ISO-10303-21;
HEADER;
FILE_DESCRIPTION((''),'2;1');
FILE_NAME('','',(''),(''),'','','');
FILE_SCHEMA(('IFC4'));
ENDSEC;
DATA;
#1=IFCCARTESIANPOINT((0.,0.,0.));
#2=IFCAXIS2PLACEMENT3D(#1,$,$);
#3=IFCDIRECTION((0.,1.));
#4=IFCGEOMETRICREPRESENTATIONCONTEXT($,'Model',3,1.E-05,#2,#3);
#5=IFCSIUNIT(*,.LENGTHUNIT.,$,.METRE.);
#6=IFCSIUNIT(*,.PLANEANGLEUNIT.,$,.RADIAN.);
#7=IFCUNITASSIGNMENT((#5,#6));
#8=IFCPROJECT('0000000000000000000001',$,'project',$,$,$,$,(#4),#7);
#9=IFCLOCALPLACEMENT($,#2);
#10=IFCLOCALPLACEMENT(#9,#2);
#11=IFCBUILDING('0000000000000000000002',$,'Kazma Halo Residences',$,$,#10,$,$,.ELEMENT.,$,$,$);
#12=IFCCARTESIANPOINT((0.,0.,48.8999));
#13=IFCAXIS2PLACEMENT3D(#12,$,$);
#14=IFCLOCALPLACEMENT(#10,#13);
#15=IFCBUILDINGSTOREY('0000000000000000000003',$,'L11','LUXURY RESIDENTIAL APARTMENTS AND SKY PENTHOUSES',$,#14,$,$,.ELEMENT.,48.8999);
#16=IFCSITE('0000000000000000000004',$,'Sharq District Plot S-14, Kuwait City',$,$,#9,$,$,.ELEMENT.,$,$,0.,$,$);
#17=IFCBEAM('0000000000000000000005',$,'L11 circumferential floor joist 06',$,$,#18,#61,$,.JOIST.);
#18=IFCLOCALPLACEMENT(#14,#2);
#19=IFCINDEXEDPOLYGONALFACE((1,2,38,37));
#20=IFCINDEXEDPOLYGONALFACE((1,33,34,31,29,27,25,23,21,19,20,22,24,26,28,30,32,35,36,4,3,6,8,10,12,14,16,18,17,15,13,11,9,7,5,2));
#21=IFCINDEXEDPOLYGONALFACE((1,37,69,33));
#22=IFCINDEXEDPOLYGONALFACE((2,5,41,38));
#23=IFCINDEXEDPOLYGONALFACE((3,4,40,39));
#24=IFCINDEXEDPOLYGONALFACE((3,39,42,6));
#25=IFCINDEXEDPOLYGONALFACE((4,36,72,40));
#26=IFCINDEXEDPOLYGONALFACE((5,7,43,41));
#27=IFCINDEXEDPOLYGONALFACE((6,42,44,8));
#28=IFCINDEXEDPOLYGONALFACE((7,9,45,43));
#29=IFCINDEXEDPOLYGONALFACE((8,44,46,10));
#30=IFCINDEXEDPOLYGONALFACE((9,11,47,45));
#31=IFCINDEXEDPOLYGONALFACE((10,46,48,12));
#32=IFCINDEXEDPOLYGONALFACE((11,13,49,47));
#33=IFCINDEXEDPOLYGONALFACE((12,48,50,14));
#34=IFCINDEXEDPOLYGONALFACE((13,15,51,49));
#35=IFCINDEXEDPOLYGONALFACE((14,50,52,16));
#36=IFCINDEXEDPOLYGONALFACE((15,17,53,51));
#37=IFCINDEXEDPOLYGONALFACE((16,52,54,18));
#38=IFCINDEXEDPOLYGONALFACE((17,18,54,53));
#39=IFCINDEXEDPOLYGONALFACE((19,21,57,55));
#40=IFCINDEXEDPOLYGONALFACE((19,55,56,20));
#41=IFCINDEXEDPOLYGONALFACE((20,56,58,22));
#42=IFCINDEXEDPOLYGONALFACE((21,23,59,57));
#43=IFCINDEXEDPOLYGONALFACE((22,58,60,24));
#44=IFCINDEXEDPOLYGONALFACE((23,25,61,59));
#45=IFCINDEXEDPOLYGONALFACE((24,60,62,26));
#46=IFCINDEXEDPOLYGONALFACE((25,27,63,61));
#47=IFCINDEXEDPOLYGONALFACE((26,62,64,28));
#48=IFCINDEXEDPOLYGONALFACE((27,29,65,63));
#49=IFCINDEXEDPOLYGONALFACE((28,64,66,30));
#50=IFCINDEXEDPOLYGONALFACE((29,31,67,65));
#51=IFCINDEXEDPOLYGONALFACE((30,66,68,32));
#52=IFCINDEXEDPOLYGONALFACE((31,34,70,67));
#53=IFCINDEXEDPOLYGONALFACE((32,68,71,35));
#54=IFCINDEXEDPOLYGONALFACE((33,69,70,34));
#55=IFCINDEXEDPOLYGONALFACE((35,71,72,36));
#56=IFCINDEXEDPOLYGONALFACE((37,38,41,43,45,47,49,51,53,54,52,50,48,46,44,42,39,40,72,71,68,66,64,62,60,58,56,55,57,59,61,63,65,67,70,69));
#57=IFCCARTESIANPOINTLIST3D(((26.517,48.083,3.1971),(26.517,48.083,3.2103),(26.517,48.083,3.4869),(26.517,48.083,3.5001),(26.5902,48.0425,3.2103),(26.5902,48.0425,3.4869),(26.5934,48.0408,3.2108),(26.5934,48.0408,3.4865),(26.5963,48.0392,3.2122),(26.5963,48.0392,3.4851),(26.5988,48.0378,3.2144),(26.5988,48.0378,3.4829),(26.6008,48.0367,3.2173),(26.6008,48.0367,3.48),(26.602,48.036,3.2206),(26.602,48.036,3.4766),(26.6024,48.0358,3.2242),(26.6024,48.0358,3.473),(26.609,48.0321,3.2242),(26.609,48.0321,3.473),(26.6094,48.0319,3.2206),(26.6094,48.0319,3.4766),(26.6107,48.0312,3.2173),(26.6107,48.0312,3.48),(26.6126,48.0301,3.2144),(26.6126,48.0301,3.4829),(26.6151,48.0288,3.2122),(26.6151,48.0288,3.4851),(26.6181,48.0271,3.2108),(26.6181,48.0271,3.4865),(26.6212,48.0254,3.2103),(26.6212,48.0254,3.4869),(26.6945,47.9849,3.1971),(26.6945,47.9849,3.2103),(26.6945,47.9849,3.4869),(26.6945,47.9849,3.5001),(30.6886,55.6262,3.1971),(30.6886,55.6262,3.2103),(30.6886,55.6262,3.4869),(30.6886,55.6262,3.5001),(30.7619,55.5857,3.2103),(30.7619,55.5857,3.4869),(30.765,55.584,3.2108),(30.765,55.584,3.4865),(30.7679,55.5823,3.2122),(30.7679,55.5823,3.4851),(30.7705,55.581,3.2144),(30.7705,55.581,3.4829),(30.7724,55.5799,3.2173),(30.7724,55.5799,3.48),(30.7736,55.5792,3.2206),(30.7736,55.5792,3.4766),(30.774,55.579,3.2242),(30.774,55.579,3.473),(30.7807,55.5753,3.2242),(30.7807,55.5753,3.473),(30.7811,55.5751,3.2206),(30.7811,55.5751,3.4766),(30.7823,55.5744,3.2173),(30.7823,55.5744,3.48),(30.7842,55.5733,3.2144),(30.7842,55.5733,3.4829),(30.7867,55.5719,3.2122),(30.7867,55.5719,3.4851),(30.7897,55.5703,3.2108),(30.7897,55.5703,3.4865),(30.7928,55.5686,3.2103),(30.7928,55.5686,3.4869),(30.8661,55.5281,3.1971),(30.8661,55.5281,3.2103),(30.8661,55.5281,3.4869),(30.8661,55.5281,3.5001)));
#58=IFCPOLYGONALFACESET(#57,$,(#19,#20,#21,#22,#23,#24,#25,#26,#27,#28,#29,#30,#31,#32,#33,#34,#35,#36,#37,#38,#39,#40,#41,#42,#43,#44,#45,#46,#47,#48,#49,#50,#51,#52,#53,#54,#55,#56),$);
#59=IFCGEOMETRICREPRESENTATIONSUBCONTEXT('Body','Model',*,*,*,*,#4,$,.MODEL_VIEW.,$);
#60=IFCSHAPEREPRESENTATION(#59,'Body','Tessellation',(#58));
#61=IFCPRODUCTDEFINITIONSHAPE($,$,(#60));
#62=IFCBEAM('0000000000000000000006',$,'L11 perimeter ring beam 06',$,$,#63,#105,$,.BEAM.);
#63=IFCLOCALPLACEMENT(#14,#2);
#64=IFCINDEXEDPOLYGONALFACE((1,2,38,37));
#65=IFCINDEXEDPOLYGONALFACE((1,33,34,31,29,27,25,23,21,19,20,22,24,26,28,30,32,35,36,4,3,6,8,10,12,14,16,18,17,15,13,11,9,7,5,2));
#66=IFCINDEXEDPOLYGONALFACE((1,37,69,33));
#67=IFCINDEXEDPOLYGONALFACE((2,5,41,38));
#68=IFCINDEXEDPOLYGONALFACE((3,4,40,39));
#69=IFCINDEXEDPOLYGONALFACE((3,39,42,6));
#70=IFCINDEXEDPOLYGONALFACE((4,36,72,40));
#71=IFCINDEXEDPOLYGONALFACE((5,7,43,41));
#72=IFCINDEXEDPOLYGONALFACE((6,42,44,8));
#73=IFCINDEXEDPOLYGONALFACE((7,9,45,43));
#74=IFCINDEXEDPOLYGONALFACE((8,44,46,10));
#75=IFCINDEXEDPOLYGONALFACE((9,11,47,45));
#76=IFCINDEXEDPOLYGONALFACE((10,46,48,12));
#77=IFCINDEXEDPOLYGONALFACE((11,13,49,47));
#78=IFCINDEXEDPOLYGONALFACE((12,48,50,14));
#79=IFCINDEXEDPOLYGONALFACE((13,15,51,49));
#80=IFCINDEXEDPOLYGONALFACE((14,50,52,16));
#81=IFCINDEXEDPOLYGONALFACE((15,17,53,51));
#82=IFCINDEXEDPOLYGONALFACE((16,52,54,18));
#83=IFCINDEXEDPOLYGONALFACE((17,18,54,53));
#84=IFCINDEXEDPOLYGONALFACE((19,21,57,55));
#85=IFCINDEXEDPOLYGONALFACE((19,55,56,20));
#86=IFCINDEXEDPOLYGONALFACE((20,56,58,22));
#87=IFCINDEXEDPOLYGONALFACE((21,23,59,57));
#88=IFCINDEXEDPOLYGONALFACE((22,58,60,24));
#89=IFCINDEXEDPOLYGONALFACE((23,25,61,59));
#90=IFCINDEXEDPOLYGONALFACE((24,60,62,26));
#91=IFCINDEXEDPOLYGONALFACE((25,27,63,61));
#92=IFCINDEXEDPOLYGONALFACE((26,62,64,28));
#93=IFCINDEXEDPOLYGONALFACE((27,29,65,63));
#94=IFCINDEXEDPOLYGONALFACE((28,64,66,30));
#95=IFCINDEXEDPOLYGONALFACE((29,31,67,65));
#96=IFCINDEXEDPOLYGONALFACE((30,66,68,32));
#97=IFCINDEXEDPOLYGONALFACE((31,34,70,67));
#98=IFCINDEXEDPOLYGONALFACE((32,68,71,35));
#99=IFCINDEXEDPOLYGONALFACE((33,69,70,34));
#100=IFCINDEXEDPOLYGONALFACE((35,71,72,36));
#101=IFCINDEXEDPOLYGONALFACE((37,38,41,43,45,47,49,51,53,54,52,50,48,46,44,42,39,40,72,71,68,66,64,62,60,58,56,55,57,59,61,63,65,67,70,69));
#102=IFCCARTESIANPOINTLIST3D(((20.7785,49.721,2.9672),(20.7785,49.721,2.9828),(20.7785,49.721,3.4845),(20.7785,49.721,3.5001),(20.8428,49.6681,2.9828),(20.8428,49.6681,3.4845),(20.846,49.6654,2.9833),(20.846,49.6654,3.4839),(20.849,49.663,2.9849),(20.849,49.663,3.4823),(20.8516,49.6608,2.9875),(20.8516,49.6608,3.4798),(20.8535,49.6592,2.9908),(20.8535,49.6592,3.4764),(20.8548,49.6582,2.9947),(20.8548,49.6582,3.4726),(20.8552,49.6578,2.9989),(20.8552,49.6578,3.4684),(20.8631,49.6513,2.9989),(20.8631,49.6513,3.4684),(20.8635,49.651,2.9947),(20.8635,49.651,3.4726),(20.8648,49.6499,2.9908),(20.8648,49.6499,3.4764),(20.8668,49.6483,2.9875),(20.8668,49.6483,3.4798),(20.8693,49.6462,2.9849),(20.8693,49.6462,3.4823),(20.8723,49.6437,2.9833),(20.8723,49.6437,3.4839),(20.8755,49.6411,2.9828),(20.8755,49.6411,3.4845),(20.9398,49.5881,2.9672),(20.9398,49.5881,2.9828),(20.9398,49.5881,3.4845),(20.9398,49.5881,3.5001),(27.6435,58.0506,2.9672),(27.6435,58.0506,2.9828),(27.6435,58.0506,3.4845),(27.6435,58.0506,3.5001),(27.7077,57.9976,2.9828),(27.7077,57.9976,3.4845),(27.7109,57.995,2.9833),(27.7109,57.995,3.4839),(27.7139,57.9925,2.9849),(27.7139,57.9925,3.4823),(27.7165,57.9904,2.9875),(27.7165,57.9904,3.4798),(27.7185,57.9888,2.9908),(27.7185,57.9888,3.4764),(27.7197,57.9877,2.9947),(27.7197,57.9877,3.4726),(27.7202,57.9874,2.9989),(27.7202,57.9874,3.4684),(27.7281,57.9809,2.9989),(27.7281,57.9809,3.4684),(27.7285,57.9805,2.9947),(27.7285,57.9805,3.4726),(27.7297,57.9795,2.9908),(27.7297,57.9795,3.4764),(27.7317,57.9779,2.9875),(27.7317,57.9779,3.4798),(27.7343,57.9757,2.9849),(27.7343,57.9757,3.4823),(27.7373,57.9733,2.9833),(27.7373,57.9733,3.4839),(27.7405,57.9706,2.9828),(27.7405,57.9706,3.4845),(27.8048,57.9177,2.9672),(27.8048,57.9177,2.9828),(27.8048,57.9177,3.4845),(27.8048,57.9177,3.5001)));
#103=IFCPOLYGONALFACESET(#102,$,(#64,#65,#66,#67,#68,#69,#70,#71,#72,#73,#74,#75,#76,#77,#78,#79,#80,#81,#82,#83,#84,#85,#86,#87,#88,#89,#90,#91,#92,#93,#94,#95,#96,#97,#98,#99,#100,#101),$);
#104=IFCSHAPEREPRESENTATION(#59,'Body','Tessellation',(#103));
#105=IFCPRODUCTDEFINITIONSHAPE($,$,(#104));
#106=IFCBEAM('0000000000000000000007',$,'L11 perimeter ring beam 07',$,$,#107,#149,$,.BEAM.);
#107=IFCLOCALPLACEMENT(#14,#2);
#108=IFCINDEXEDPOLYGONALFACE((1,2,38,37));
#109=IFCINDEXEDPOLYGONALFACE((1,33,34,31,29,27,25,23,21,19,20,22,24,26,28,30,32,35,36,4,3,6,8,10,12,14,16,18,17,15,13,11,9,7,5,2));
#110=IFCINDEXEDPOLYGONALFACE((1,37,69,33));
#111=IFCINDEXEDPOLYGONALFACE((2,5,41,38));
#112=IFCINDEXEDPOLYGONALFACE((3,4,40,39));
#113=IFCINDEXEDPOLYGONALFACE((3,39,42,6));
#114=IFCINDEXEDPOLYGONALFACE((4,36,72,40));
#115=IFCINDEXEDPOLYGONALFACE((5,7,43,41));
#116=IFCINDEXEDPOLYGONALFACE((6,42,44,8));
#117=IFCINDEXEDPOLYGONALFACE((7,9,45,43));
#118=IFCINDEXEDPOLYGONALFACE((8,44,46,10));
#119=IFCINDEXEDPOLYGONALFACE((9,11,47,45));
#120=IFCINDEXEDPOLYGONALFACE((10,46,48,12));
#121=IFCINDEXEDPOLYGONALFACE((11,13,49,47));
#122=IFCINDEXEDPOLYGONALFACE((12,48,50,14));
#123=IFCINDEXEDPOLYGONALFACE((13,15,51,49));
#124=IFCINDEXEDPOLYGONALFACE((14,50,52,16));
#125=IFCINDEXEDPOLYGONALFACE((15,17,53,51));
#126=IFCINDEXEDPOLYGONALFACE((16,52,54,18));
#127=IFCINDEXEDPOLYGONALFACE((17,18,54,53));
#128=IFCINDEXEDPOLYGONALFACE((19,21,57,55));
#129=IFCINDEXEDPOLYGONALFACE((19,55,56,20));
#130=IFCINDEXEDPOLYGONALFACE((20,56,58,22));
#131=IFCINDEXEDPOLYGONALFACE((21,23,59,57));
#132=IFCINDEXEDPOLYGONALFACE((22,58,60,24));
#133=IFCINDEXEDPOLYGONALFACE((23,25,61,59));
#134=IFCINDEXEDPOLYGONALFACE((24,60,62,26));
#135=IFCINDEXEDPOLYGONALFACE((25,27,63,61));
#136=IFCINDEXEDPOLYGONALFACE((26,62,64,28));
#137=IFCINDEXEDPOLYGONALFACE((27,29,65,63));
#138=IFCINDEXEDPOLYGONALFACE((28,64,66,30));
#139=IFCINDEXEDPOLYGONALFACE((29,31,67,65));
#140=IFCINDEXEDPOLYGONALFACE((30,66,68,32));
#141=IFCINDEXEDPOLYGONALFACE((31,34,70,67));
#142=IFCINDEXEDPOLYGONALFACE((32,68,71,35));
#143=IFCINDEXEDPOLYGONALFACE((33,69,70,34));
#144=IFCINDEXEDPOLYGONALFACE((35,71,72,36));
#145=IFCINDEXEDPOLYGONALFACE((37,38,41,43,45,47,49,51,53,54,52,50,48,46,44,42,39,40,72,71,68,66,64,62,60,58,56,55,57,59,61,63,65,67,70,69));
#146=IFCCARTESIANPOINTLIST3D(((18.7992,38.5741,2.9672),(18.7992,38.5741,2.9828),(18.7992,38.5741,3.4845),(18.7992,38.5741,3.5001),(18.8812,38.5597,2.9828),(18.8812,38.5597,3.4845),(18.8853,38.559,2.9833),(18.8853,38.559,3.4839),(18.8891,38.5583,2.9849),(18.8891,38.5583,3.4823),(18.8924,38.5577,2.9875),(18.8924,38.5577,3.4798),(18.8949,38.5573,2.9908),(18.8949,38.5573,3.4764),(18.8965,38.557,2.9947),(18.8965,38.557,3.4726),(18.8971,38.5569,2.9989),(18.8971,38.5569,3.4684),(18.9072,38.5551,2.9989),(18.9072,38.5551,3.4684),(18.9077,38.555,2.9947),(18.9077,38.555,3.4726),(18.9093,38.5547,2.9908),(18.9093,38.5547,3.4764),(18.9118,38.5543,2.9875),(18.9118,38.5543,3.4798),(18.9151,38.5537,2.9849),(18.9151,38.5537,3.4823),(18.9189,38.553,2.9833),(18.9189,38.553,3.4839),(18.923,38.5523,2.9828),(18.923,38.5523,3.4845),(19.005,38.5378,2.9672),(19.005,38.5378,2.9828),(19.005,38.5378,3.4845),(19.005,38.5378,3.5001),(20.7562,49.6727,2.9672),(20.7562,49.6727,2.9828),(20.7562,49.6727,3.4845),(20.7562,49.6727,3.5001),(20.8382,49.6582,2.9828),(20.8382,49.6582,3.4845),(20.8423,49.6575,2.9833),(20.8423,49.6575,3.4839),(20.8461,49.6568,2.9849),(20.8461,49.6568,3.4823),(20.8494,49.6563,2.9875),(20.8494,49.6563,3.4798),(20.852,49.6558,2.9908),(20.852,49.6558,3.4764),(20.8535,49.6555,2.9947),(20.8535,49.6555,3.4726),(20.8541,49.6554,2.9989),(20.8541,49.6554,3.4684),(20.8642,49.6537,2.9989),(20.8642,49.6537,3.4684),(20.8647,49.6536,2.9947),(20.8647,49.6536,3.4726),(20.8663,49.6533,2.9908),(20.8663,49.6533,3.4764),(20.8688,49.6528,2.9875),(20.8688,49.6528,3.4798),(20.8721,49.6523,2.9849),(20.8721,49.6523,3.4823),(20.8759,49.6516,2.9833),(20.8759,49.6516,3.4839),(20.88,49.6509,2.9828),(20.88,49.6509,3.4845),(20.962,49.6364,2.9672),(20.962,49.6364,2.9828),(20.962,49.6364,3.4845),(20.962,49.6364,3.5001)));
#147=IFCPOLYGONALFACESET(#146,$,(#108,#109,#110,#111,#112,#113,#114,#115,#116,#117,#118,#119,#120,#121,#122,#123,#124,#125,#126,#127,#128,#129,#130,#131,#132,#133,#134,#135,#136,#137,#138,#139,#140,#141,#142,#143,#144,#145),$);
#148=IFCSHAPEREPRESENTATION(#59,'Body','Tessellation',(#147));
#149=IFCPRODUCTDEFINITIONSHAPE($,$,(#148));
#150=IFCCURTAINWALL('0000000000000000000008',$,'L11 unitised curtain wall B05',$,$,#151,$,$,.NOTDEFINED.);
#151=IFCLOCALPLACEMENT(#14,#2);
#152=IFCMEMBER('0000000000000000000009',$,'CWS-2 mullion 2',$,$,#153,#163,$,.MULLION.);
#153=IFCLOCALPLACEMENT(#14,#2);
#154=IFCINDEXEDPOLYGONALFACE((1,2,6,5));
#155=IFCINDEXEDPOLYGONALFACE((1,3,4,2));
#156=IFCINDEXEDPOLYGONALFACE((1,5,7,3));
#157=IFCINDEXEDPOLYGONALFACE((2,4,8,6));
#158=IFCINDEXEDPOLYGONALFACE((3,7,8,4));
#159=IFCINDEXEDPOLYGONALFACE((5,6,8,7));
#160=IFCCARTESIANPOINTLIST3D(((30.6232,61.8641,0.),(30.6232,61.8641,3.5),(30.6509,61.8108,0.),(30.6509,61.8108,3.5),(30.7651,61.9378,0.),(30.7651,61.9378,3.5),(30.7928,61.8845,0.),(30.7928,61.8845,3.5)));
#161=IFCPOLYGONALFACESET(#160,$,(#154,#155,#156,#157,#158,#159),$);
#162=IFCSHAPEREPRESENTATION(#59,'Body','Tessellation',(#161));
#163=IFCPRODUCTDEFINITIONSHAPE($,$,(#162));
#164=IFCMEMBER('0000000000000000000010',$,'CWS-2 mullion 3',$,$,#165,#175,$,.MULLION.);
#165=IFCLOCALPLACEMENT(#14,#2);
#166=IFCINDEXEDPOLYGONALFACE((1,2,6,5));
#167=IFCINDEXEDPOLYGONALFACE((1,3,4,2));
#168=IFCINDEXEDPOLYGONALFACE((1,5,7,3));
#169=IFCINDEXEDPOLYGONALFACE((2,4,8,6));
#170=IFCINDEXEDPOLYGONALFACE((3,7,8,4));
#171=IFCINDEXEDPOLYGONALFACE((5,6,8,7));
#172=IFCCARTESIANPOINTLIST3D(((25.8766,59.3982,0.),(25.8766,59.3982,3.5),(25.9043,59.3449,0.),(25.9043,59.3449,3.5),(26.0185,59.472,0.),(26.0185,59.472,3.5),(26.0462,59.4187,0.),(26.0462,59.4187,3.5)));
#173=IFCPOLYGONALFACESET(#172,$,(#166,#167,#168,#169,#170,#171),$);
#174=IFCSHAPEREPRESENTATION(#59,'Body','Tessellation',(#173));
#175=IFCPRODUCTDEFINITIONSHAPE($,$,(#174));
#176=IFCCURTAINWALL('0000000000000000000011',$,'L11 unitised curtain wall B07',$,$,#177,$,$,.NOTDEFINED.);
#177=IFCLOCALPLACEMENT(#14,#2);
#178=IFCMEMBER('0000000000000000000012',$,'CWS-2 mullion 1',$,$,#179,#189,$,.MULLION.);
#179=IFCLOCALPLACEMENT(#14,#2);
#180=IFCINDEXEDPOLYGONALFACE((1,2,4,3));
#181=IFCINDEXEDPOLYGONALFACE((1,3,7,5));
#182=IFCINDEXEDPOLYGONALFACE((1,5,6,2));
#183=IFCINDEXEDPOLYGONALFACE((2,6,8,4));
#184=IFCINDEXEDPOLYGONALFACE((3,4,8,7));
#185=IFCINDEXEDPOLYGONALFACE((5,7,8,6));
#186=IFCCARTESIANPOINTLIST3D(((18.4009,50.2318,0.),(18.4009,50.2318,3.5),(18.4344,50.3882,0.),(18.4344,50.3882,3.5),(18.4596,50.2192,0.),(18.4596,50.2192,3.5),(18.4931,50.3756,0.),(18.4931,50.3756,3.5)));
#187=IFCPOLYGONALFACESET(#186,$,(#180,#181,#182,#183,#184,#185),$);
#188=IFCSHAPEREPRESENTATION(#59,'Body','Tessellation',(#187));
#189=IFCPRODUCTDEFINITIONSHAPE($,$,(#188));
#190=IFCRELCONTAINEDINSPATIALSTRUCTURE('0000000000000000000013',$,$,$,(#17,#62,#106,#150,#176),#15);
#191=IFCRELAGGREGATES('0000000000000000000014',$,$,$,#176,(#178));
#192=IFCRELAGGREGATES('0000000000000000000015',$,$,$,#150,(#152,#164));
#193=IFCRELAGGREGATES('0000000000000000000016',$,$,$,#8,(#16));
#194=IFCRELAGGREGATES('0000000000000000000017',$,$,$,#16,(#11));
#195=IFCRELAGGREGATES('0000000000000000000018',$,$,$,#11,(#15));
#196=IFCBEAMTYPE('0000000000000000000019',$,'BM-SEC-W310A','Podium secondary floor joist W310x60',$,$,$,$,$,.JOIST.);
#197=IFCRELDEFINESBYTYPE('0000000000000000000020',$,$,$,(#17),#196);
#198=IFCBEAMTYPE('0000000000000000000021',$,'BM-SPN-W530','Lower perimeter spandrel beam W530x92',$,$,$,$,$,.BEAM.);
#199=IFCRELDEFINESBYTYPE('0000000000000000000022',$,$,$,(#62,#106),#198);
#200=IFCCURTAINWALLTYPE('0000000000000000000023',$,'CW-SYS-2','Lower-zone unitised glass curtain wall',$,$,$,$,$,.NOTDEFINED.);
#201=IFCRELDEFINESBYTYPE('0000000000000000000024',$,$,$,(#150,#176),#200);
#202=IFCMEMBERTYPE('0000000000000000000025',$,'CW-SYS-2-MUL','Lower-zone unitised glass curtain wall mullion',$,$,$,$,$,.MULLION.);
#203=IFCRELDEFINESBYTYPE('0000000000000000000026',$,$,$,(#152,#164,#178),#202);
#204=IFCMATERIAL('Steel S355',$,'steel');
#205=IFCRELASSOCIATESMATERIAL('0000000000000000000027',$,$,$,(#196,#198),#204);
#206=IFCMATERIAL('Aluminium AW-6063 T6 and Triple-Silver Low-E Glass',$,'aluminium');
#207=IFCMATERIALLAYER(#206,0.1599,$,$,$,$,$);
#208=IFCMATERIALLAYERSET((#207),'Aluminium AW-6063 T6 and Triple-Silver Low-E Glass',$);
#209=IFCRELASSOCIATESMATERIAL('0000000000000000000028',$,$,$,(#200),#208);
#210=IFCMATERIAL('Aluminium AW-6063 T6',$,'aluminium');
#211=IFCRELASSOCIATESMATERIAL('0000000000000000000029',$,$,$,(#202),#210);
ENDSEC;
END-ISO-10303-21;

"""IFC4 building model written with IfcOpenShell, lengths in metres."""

from ifc_helpers import new_model, si_unit, direction, frame, origin, origin_2d, place, context, subcontext, project, spatial, rectangle, i_section, extrude, material, layer, layer_set, material_profile, profile_set, type_object, element, aggregate, save


model = new_model("IFC4")

# Units and contexts
model_context = context("Model", 3, precision=1e-05, world=origin(), true_north=direction((0.0, 1.0)))
body_context = subcontext(model_context, "Body", "Model", "MODEL_VIEW")
ifc_project = project(units=[si_unit("LENGTHUNIT", "METRE"), si_unit("PLANEANGLEUNIT", "RADIAN")], contexts=[model_context])

# Site, building, storey
site_placement = place(None, origin())
site = spatial("IfcSite", under=ifc_project, at=site_placement, Name="Sharq District Plot S-14, Kuwait City", CompositionType="ELEMENT", RefElevation=0.0)
building_placement = place(site_placement, origin())
building = spatial("IfcBuilding", under=site, at=building_placement, Name="Kazma Halo Residences", CompositionType="ELEMENT")
storey_placement = place(building_placement, frame((0.0, 0.0, 48.8999)))
storey = spatial("IfcBuildingStorey", under=building, at=storey_placement, Name="L11", Description="LUXURY RESIDENTIAL APARTMENTS AND SKY PENTHOUSES", CompositionType="ELEMENT", Elevation=48.8999)

# Beams
ifc_material_1 = material(Name="Steel S355", Category="steel")
ifc_material_profile_1 = material_profile(ifc_material_1, i_section(OverallWidth=0.2029, OverallDepth=0.303, WebThickness=0.0076, FlangeThickness=0.0132, FilletRadius=0.0139, at=origin_2d()), Name="W310x60")
ifc_profile_set_1 = profile_set([ifc_material_profile_1], Name="Steel S355")
beam_type_1 = type_object("IfcBeamType", Name="BM-SEC-W310A", Description="Podium secondary floor joist W310x60", PredefinedType="JOIST", material=ifc_profile_set_1)
beam_1_placement = place(storey_placement, frame((30.7773, 55.5771, 3.3486), z_axis=(-0.483954, -0.875094, 0.0), x_axis=(0.875094, -0.483954, 0.0)))
element("IfcBeam", 1, at=beam_1_placement, inside=storey, type_object=beam_type_1, Name="L11 circumferential floor joist 06", PredefinedType="JOIST", context=body_context, shape_type="SweptSolid", body=[
    extrude(i_section(OverallWidth=0.2029, OverallDepth=0.303, WebThickness=0.0076, FlangeThickness=0.0132, FilletRadius=0.0139, at=origin_2d()), origin(), (0.0, 0.0, 1.0), 8.6199),
])
ifc_material_profile_2 = material_profile(ifc_material_1, i_section(OverallWidth=0.209, OverallDepth=0.533, WebThickness=0.0103, FlangeThickness=0.0156, FilletRadius=0.0161, at=origin_2d()), Name="W530x92")
ifc_profile_set_2 = profile_set([ifc_material_profile_2], Name="Steel S355")
beam_type_2 = type_object("IfcBeamType", Name="BM-SPN-W530", Description="Lower perimeter spandrel beam W530x92", PredefinedType="BEAM", material=ifc_profile_set_2)
beam_2_placement = place(storey_placement, frame((27.7241, 57.9841, 3.2336), z_axis=(-0.636001, -0.771688, 0.0), x_axis=(0.771688, -0.636001, 0.0)))
element("IfcBeam", 2, at=beam_2_placement, inside=storey, type_object=beam_type_2, Name="L11 perimeter ring beam 06", PredefinedType="BEAM", context=body_context, shape_type="SweptSolid", body=[
    extrude(i_section(OverallWidth=0.209, OverallDepth=0.533, WebThickness=0.0103, FlangeThickness=0.0156, FilletRadius=0.0161, at=origin_2d()), origin(), (0.0, 0.0, 1.0), 10.7939),
])
beam_3_placement = place(storey_placement, frame((20.8591, 49.6545, 3.2336), z_axis=(-0.173652, -0.984807, 0.0), x_axis=(0.984807, -0.173652, 0.0)))
element("IfcBeam", 3, at=beam_3_placement, inside=storey, type_object=beam_type_2, Name="L11 perimeter ring beam 07", PredefinedType="BEAM", context=body_context, shape_type="SweptSolid", body=[
    extrude(i_section(OverallWidth=0.209, OverallDepth=0.533, WebThickness=0.0103, FlangeThickness=0.0156, FilletRadius=0.0161, at=origin_2d()), origin(), (0.0, 0.0, 1.0), 11.2698),
])

# Curtain wall, members
ifc_material_2 = material(Name="Aluminium AW-6063 T6 and Triple-Silver Low-E Glass", Category="aluminium")
ifc_layer_1 = layer(ifc_material_2, 0.1599)
ifc_layer_set_1 = layer_set([ifc_layer_1], Name="Aluminium AW-6063 T6 and Triple-Silver Low-E Glass")
curtain_wall_type = type_object("IfcCurtainWallType", Name="CW-SYS-2", Description="Lower-zone unitised glass curtain wall", PredefinedType="NOTDEFINED", material=ifc_layer_set_1)
curtain_wall_1_placement = place(storey_placement, origin())
curtain_wall_1 = element("IfcCurtainWall", 4, at=curtain_wall_1_placement, inside=storey, type_object=curtain_wall_type, Name="L11 unitised curtain wall B05", PredefinedType="NOTDEFINED")
ifc_material_3 = material(Name="Aluminium AW-6063 T6", Category="aluminium")
ifc_material_profile_3 = material_profile(ifc_material_3, rectangle(XDim=0.0601, YDim=0.1599, at=origin_2d()), Name="CWM-60x160")
ifc_profile_set_3 = profile_set([ifc_material_profile_3], Name="Aluminium AW-6063 T6")
member_type_1 = type_object("IfcMemberType", Name="CW-SYS-2-MUL", Description="Lower-zone unitised glass curtain wall mullion", PredefinedType="MULLION", material=ifc_profile_set_3)
member_1_placement = place(storey_placement, frame((30.708, 61.8743, 0.0), z_axis=(0.0, 0.0, 1.0), x_axis=(0.460996, -0.887402, 0.0)))
member_1 = element("IfcMember", 5, at=member_1_placement, type_object=member_type_1, Name="CWS-2 mullion 2", PredefinedType="MULLION", context=body_context, shape_type="SweptSolid", body=[
    extrude(rectangle(XDim=0.0601, YDim=0.1599, at=origin_2d()), origin(), (0.0, 0.0, 1.0), 3.5),
])
member_2_placement = place(storey_placement, frame((25.9614, 59.4084, 0.0), z_axis=(0.0, 0.0, 1.0), x_axis=(0.460996, -0.887402, 0.0)))
member_2 = element("IfcMember", 6, at=member_2_placement, type_object=member_type_1, Name="CWS-2 mullion 3", PredefinedType="MULLION", context=body_context, shape_type="SweptSolid", body=[
    extrude(rectangle(XDim=0.0601, YDim=0.1599, at=origin_2d()), origin(), (0.0, 0.0, 1.0), 3.5),
])

# Curtain wall, member
curtain_wall_2_placement = place(storey_placement, origin())
curtain_wall_2 = element("IfcCurtainWall", 7, at=curtain_wall_2_placement, inside=storey, type_object=curtain_wall_type, Name="L11 unitised curtain wall B07", PredefinedType="NOTDEFINED")
member_3_placement = place(storey_placement, frame((18.447, 50.3037, 0.0), z_axis=(0.0, 0.0, 1.0), x_axis=(0.977779, -0.209637, 0.0)))
member_3 = element("IfcMember", 8, at=member_3_placement, type_object=member_type_1, Name="CWS-2 mullion 1", PredefinedType="MULLION", context=body_context, shape_type="SweptSolid", body=[
    extrude(rectangle(XDim=0.0601, YDim=0.1599, at=origin_2d()), origin(), (0.0, 0.0, 1.0), 3.5),
])

aggregate(curtain_wall_2, [member_3])

aggregate(curtain_wall_1, [member_1, member_2])

save(model, "model.ifc")
